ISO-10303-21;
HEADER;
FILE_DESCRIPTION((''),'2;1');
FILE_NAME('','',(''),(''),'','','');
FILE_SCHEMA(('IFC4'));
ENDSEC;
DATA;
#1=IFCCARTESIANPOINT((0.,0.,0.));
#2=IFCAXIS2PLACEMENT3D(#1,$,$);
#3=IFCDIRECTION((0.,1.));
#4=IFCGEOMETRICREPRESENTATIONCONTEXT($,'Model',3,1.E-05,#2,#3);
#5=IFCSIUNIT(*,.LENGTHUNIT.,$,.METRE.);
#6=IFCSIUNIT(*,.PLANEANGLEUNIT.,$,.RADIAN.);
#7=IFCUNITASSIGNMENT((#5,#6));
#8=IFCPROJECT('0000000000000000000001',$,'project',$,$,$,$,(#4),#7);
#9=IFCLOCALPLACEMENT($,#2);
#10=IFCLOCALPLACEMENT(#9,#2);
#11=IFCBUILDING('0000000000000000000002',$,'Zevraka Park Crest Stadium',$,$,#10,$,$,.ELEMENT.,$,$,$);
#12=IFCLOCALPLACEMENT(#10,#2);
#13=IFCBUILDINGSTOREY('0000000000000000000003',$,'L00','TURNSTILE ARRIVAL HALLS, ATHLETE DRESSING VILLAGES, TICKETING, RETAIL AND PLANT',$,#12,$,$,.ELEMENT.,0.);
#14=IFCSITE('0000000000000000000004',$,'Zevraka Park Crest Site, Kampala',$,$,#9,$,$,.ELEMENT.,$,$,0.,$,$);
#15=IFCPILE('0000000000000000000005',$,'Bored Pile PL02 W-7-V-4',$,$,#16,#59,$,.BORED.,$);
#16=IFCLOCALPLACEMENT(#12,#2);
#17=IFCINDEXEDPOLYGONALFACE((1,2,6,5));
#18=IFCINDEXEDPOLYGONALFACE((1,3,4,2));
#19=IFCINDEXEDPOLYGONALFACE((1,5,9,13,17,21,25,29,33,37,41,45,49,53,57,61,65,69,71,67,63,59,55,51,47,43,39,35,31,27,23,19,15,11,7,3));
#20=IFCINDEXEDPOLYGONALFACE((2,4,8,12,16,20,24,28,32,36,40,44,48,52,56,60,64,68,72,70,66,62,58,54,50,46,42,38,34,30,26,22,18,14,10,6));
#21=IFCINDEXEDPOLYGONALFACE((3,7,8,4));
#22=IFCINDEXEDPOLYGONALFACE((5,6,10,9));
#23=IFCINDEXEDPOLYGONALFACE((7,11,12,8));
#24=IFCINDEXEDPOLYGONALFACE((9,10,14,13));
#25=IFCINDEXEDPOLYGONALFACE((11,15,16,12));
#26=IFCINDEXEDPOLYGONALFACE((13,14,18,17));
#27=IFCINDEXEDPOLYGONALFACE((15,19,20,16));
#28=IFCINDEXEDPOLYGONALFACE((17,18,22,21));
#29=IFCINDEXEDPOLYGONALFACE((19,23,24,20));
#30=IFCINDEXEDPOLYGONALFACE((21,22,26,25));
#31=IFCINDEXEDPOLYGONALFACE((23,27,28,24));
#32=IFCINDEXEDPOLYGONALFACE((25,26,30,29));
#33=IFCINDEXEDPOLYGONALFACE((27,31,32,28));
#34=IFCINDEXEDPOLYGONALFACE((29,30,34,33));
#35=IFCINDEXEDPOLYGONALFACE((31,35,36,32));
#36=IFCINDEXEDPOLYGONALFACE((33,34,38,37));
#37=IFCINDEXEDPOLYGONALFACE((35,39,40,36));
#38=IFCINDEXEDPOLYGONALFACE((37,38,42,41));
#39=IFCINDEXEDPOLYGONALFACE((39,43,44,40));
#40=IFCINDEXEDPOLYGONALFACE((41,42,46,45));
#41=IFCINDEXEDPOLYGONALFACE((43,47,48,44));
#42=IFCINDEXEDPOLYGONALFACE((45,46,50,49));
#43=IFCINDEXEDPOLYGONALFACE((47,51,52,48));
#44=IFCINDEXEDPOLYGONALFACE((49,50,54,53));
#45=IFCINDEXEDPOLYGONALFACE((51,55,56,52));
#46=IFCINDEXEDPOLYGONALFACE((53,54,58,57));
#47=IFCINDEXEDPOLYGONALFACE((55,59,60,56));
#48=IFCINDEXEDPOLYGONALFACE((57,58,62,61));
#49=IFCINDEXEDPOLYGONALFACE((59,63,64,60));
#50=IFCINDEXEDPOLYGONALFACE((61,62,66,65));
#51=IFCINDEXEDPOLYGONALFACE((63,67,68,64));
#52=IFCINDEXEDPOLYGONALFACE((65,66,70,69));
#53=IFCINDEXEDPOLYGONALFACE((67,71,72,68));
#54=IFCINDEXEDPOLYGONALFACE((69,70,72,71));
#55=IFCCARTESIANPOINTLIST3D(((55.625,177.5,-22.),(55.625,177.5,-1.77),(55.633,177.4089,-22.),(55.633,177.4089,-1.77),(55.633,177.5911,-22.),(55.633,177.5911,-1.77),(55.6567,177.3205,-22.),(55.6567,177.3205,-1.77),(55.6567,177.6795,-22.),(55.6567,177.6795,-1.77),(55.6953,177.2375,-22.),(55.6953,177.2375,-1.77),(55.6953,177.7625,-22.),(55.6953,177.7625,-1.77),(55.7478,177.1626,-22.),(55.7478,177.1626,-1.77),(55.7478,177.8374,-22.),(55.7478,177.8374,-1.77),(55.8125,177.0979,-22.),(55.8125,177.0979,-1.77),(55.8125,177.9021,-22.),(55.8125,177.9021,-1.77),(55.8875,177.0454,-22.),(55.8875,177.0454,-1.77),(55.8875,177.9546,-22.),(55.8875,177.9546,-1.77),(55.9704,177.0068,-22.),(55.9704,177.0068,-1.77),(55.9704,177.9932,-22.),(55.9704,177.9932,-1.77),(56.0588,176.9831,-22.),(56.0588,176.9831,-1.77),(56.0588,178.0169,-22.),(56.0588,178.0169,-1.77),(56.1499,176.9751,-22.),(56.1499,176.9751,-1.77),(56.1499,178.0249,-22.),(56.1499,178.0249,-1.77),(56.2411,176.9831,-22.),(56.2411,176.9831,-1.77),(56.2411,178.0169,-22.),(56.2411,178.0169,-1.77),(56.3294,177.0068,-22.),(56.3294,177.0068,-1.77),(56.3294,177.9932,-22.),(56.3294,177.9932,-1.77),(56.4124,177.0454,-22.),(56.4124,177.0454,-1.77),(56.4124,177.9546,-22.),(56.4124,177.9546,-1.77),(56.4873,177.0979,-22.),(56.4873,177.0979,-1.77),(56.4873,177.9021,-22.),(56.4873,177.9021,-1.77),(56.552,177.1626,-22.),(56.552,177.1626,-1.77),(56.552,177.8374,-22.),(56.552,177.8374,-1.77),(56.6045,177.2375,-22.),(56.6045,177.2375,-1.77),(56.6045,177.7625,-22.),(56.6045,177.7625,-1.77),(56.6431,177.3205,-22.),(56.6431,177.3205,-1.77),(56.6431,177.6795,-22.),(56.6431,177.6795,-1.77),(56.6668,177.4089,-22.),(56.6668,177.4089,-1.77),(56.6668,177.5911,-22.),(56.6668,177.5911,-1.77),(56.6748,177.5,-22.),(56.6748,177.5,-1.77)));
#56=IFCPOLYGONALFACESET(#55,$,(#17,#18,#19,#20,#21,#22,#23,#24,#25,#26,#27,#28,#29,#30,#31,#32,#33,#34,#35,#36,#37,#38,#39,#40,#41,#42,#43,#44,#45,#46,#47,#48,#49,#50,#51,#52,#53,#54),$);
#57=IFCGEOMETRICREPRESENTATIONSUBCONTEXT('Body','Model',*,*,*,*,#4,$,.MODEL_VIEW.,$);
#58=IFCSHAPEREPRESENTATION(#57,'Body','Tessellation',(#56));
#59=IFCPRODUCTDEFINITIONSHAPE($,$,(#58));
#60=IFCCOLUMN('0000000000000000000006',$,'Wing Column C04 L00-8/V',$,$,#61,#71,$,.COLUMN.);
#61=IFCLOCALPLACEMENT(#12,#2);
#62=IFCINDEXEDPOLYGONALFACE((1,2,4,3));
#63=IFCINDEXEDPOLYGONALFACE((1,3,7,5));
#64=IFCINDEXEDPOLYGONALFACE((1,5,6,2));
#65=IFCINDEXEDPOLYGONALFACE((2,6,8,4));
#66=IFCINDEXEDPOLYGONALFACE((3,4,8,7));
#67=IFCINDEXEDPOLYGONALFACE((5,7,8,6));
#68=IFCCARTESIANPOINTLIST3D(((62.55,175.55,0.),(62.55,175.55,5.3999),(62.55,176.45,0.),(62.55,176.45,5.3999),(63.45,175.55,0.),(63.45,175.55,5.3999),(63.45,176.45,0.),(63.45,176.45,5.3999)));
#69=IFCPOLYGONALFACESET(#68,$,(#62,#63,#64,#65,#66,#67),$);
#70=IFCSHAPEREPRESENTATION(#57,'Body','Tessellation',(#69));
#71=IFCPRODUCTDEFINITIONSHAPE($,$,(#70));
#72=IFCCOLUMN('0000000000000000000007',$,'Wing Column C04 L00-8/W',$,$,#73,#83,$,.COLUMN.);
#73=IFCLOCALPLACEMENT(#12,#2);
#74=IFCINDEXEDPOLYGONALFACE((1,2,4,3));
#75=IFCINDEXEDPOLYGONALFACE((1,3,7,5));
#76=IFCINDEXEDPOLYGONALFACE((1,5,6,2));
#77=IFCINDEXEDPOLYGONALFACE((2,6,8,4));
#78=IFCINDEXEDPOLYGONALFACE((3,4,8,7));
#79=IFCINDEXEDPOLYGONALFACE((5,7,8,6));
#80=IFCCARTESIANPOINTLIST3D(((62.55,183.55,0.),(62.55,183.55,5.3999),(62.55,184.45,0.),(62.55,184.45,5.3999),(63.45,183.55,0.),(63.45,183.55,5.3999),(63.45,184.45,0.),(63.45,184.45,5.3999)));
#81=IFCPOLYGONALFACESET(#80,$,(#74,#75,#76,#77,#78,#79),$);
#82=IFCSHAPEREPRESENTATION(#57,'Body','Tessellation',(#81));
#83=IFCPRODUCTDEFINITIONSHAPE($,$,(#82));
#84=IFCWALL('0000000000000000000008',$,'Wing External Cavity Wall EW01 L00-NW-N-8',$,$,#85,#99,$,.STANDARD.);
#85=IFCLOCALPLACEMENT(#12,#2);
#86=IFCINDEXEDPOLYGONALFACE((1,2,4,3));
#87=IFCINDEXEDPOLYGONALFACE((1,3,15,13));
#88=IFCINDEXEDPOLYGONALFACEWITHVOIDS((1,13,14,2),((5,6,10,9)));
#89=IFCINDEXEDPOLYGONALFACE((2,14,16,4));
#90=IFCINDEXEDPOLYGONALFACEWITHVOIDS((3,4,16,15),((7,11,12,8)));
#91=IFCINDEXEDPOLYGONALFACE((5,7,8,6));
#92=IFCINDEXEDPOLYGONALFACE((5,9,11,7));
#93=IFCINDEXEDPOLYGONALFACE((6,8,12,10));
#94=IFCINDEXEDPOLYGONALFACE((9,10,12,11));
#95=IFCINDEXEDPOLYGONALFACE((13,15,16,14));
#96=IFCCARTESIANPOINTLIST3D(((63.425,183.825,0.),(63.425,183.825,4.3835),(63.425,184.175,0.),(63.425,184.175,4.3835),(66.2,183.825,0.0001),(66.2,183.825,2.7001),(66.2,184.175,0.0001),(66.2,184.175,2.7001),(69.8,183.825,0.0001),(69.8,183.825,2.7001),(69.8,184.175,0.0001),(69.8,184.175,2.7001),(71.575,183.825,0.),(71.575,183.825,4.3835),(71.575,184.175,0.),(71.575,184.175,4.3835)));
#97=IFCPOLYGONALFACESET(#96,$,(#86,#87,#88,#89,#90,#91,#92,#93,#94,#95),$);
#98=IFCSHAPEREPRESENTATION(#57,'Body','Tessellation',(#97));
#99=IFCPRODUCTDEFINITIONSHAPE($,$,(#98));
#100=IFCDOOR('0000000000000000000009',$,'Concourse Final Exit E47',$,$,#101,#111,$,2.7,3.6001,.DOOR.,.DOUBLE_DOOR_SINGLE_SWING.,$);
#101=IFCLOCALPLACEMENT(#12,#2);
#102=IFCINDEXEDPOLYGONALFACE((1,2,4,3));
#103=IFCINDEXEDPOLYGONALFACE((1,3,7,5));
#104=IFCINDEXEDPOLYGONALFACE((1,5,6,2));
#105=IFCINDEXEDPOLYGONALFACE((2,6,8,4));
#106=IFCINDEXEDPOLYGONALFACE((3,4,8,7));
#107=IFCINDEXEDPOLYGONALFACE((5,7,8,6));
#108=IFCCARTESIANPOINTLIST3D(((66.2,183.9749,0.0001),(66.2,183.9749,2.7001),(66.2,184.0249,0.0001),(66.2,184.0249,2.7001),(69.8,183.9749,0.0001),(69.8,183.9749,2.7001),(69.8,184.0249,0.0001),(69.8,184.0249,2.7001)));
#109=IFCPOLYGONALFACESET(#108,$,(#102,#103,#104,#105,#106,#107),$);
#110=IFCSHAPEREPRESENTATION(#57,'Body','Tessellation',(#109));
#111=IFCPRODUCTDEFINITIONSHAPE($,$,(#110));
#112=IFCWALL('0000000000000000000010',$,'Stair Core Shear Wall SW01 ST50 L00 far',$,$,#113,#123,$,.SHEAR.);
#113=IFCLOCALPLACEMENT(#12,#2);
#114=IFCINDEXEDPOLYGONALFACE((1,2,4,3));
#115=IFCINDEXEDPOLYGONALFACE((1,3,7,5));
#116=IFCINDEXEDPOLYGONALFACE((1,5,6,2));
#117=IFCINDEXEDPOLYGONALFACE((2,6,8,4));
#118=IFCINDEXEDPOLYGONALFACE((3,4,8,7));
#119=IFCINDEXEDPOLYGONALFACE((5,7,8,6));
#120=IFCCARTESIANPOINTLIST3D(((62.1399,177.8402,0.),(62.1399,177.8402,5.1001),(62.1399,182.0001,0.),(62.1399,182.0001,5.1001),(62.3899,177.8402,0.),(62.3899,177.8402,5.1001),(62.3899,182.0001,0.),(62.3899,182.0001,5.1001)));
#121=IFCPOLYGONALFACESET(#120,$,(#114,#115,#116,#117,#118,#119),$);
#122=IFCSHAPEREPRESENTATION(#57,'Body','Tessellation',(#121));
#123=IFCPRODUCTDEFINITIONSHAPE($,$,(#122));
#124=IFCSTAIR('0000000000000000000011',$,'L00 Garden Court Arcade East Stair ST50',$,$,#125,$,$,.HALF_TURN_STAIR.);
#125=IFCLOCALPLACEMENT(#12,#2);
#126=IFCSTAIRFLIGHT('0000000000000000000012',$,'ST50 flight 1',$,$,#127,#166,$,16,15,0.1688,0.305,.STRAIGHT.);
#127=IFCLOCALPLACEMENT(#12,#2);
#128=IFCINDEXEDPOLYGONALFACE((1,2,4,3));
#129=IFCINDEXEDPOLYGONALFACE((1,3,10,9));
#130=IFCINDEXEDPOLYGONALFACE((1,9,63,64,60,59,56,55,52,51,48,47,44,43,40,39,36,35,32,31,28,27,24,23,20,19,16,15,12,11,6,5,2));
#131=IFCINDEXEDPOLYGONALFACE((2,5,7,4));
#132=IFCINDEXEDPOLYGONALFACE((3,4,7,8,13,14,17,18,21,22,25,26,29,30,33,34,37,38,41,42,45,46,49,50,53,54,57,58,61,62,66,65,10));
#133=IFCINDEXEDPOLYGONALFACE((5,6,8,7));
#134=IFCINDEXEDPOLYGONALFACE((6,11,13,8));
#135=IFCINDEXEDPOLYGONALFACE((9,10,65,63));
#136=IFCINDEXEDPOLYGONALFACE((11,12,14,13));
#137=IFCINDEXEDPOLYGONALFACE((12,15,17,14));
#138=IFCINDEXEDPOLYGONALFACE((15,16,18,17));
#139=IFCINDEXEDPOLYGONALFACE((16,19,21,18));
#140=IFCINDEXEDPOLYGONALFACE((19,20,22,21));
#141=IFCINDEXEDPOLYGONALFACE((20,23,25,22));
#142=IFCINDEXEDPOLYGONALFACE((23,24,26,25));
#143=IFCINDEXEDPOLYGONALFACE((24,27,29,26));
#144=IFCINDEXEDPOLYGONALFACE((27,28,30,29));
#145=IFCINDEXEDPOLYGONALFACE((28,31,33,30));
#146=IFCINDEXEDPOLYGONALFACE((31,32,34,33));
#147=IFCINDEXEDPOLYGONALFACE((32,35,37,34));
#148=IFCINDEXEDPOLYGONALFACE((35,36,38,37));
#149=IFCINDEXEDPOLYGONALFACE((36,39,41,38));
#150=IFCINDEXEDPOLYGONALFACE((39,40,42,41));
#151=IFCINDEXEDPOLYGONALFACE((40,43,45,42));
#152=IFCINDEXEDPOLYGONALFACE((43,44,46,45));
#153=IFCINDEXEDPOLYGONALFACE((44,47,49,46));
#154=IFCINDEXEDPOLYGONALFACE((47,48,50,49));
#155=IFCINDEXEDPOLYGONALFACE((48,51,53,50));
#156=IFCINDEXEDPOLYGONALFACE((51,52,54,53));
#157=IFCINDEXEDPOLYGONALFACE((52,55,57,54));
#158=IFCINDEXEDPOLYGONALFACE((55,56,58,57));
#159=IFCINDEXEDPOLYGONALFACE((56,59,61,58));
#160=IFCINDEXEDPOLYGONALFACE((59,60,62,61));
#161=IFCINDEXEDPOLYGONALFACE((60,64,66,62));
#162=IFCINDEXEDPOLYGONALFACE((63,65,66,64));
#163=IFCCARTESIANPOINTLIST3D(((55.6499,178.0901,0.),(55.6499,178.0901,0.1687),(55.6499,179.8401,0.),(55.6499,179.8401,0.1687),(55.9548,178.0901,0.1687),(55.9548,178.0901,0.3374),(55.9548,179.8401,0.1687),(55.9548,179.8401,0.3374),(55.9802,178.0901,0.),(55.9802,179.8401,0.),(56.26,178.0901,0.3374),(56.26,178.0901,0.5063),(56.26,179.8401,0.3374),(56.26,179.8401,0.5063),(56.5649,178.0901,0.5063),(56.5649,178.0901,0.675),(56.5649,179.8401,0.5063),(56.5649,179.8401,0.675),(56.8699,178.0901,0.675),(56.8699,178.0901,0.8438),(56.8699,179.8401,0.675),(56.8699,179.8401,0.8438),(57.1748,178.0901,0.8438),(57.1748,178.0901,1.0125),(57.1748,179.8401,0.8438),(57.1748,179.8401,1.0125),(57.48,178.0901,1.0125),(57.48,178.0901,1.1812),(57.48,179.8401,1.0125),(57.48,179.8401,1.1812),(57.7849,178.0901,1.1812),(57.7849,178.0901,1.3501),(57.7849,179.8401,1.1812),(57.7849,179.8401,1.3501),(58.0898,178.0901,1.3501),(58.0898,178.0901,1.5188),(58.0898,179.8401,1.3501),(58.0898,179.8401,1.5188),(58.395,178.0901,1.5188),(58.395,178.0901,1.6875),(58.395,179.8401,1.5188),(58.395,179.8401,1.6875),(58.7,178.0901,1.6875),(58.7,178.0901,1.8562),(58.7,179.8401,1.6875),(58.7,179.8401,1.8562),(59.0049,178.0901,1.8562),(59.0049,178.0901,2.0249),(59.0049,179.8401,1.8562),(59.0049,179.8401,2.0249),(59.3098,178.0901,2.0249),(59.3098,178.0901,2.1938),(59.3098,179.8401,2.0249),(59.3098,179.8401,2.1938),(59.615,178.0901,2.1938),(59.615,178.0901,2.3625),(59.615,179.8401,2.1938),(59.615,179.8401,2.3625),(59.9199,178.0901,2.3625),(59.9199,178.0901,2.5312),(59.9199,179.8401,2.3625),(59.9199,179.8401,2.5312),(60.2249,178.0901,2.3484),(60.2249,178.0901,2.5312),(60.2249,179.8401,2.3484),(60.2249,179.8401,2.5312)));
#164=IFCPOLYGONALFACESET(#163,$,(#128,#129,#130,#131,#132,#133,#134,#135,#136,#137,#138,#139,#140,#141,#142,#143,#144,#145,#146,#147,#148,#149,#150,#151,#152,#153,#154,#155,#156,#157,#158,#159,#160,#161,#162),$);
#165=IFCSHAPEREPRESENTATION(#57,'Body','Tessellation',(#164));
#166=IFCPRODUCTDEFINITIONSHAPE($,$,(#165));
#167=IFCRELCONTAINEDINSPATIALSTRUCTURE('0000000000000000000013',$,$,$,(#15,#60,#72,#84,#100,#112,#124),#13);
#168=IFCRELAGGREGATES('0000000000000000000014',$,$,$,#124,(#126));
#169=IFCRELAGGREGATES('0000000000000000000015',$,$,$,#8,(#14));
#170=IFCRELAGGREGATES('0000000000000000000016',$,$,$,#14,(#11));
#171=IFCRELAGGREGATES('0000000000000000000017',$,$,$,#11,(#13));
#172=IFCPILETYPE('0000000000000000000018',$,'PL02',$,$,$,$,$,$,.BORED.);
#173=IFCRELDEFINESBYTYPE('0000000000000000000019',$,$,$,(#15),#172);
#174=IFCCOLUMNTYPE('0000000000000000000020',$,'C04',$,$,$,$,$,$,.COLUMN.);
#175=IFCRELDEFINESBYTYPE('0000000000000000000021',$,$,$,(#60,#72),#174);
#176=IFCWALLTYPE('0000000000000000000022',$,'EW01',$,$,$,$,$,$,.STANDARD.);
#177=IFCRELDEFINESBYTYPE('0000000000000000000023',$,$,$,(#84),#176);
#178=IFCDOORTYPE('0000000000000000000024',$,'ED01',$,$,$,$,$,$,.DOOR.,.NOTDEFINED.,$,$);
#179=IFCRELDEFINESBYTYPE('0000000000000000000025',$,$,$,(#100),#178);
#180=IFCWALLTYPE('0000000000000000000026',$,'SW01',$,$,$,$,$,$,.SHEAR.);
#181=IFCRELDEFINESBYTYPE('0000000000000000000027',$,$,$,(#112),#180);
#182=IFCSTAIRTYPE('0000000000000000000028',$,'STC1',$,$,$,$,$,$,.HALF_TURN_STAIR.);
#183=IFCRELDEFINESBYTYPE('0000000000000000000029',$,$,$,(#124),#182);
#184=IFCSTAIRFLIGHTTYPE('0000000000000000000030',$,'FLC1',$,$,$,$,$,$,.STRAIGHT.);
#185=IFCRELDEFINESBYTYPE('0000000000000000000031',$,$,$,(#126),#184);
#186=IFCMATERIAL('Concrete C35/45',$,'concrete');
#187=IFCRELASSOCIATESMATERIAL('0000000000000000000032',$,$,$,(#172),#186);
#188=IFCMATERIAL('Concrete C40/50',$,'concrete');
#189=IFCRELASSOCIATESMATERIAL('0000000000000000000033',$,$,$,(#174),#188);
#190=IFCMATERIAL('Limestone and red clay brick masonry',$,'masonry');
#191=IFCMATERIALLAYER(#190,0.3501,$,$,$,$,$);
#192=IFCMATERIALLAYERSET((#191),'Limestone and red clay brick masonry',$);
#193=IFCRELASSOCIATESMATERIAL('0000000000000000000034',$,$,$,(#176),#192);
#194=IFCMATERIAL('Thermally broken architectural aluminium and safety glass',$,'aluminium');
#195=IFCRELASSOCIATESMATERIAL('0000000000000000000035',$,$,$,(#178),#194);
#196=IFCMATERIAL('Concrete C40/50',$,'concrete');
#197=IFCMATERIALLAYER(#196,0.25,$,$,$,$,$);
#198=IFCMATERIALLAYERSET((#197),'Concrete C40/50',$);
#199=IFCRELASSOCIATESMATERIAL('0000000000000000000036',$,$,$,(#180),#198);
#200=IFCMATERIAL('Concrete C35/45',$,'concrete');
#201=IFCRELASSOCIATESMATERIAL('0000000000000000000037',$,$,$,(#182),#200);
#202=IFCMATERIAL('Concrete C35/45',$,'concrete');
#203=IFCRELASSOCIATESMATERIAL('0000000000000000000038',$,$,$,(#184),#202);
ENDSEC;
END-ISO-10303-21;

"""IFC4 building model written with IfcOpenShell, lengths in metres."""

from ifc_helpers import new_model, si_unit, direction, frame, frame_2d, origin, origin_2d, place, context, subcontext, project, spatial, polyline, rectangle, circle, outline, extrude, material, layer, layer_set, material_profile, profile_set, type_object, element, fill, aggregate, save


model = new_model("IFC4")

# Units and contexts
model_context = context("Model", 3, precision=1e-05, world=origin(), true_north=direction((0.0, 1.0)))
body_context = subcontext(model_context, "Body", "Model", "MODEL_VIEW")
ifc_project = project(units=[si_unit("LENGTHUNIT", "METRE"), si_unit("PLANEANGLEUNIT", "RADIAN")], contexts=[model_context])

# Site, building, storey
site_placement = place(None, origin())
site = spatial("IfcSite", under=ifc_project, at=site_placement, Name="Zevraka Park Crest Site, Kampala", CompositionType="ELEMENT", RefElevation=0.0)
building_placement = place(site_placement, origin())
building = spatial("IfcBuilding", under=site, at=building_placement, Name="Zevraka Park Crest Stadium", CompositionType="ELEMENT")
storey_placement = place(building_placement, origin())
storey = spatial("IfcBuildingStorey", under=building, at=storey_placement, Name="L00", Description="TURNSTILE ARRIVAL HALLS, ATHLETE DRESSING VILLAGES, TICKETING, RETAIL AND PLANT", CompositionType="ELEMENT", Elevation=0.0)

# Pile
ifc_material_1 = material(Name="Concrete C35/45", Category="concrete")
ifc_material_profile_1 = material_profile(ifc_material_1, circle(Radius=0.5249, at=origin_2d()), Name="PILE D1050")
ifc_profile_set_1 = profile_set([ifc_material_profile_1], Name="Concrete C35/45")
pile_type_1 = type_object("IfcPileType", Name="PL02", PredefinedType="BORED", material=ifc_profile_set_1)
pile_1_placement = place(storey_placement, frame((56.1499, 177.5, -1.77), z_axis=(0.0, 0.0, -1.0), x_axis=(1.0, 0.0, 0.0)))
element("IfcPile", 1, at=pile_1_placement, inside=storey, type_object=pile_type_1, Name="Bored Pile PL02 W-7-V-4", PredefinedType="BORED", context=body_context, shape_type="SweptSolid", body=[
    extrude(circle(Radius=0.5249, at=origin_2d()), origin(), (0.0, 0.0, 1.0), 20.23),
])

# Columns
ifc_material_2 = material(Name="Concrete C40/50", Category="concrete")
ifc_material_profile_2 = material_profile(ifc_material_2, rectangle(XDim=0.8999, YDim=0.8999, at=origin_2d()), Name="RC 900x900")
ifc_profile_set_2 = profile_set([ifc_material_profile_2], Name="Concrete C40/50")
column_type = type_object("IfcColumnType", Name="C04", PredefinedType="COLUMN", material=ifc_profile_set_2)
for number, where, z_axis, x_axis, name in (
    (2, (63.0, 176.0, 0.0), (0.0, 0.0, 1.0), (1.0, 0.0, 0.0), "Wing Column C04 L00-8/V"),
    (3, (63.0, 184.0, 0.0), (0.0, 0.0, 1.0), (1.0, 0.0, 0.0), "Wing Column C04 L00-8/W"),
):
    element("IfcColumn", number, at=place(storey_placement, frame(where, z_axis=z_axis, x_axis=x_axis)), inside=storey, type_object=column_type, Name=name, PredefinedType="COLUMN", context=body_context, shape_type="SweptSolid", body=[
        extrude(rectangle(XDim=0.8999, YDim=0.8999, at=origin_2d()), origin(), (0.0, 0.0, 1.0), 5.3999),
    ])

# Wall, opening, door
ifc_material_3 = material(Name="Limestone and red clay brick masonry", Category="masonry")
ifc_layer_1 = layer(ifc_material_3, 0.3501)
ifc_layer_set_1 = layer_set([ifc_layer_1], Name="Limestone and red clay brick masonry")
wall_type_1 = type_object("IfcWallType", Name="EW01", PredefinedType="STANDARD", material=ifc_layer_set_1)
wall_1_placement = place(storey_placement, frame((63.425, 184.0, 0.0), z_axis=(0.0, 0.0, 1.0), x_axis=(1.0, 0.0, 0.0)))
wall_1 = element("IfcWall", 4, at=wall_1_placement, inside=storey, type_object=wall_type_1, Name="Wing External Cavity Wall EW01 L00-NW-N-8", PredefinedType="STANDARD", context=body_context, shape_type="SweptSolid", body=[
    extrude(rectangle(XDim=8.1499, YDim=0.3501, at=frame_2d((4.075, 0.0))), origin(), (0.0, 0.0, 1.0), 4.3835),
])
opening_placement = place(wall_1_placement, frame((2.7749, 0.0, 0.0)))
opening = element("IfcOpeningElement", 5, at=opening_placement, cuts=wall_1, PredefinedType="OPENING", context=body_context, shape_type="SweptSolid", body=[
    extrude(rectangle(XDim=3.6001, YDim=2.7, at=frame_2d((1.8, 1.3501))), frame((0.0, 0.1851, 0.0), z_axis=(0.0, -1.0, 0.0), x_axis=(1.0, 0.0, 0.0)), (0.0, 0.0, 1.0), 0.3701),
])
ifc_material_4 = material(Name="Thermally broken architectural aluminium and safety glass", Category="aluminium")
door_type = type_object("IfcDoorType", Name="ED01", OperationType="NOTDEFINED", PredefinedType="DOOR", material=ifc_material_4)
door_placement = place(opening_placement, origin())
door = element("IfcDoor", 6, at=door_placement, inside=storey, type_object=door_type, Name="Concourse Final Exit E47", OperationType="DOUBLE_DOOR_SINGLE_SWING", OverallHeight=2.7, OverallWidth=3.6001, PredefinedType="DOOR", context=body_context, shape_type="SweptSolid", body=[
    extrude(rectangle(XDim=3.6001, YDim=2.7, at=frame_2d((1.8, 1.3501))), frame((0.0, 0.0249, 0.0), z_axis=(0.0, -1.0, 0.0), x_axis=(1.0, 0.0, 0.0)), (0.0, 0.0, 1.0), 0.05),
])
fill(opening, door)

# Wall
ifc_material_5 = material(Name="Concrete C40/50", Category="concrete")
ifc_layer_2 = layer(ifc_material_5, 0.25)
ifc_layer_set_2 = layer_set([ifc_layer_2], Name="Concrete C40/50")
wall_type_2 = type_object("IfcWallType", Name="SW01", PredefinedType="SHEAR", material=ifc_layer_set_2)
wall_2_placement = place(storey_placement, frame((62.2649, 177.8401, 0.0), z_axis=(0.0, 0.0, 1.0), x_axis=(0.0, 1.0, 0.0)))
element("IfcWall", 7, at=wall_2_placement, inside=storey, type_object=wall_type_2, Name="Stair Core Shear Wall SW01 ST50 L00 far", PredefinedType="SHEAR", context=body_context, shape_type="SweptSolid", body=[
    extrude(rectangle(XDim=4.1599, YDim=0.25, at=frame_2d((2.0801, 0.0))), origin(), (0.0, 0.0, 1.0), 5.1001),
])

# Stair, stair flight
ifc_material_6 = material(Name="Concrete C35/45", Category="concrete")
stair_type = type_object("IfcStairType", Name="STC1", PredefinedType="HALF_TURN_STAIR", material=ifc_material_6)
stair_placement = place(storey_placement, origin())
stair = element("IfcStair", 8, at=stair_placement, inside=storey, type_object=stair_type, Name="L00 Garden Court Arcade East Stair ST50", PredefinedType="HALF_TURN_STAIR")
ifc_material_7 = material(Name="Concrete C35/45", Category="concrete")
stair_flight_type = type_object("IfcStairFlightType", Name="FLC1", PredefinedType="STRAIGHT", material=ifc_material_7)
stair_flight_1_placement = place(storey_placement, frame((55.6499, 178.9651, 0.0), z_axis=(0.0, 0.0, 1.0), x_axis=(1.0, 0.0, 0.0)))
stair_flight_1 = element("IfcStairFlight", 9, at=stair_flight_1_placement, type_object=stair_flight_type, Name="ST50 flight 1", NumberOfRisers=16, NumberOfTreads=15, PredefinedType="STRAIGHT", RiserHeight=0.1688, TreadLength=0.305, context=body_context, shape_type="SweptSolid", body=[
    extrude(outline(polyline([(0.0, 0.0), (0.0, 0.1687), (0.3049, 0.1687), (0.3049, 0.3374), (0.6101, 0.3374), (0.6101, 0.5063), (0.915, 0.5063), (0.915, 0.675), (1.22, 0.675), (1.22, 0.8438), (1.5249, 0.8438), (1.5249, 1.0125), (1.8301, 1.0125), (1.8301, 1.1812), (2.135, 1.1812), (2.135, 1.3501), (2.4399, 1.3501), (2.4399, 1.5188), (2.7451, 1.5188), (2.7451, 1.6875), (3.05, 1.6875), (3.05, 1.8562), (3.355, 1.8562), (3.355, 2.0249), (3.6599, 2.0249), (3.6599, 2.1938), (3.9651, 2.1938), (3.9651, 2.3625), (4.27, 2.3625), (4.27, 2.5312), (4.575, 2.5312), (4.575, 2.7), (4.575, 2.3484), (0.3303, 0.0), (0.0, 0.0)])), frame((0.0, 0.875, 0.0), z_axis=(0.0, -1.0, 0.0), x_axis=(1.0, 0.0, 0.0)), (0.0, 0.0, 1.0), 1.75),
])
aggregate(stair, [stair_flight_1])

save(model, "model.ifc")
